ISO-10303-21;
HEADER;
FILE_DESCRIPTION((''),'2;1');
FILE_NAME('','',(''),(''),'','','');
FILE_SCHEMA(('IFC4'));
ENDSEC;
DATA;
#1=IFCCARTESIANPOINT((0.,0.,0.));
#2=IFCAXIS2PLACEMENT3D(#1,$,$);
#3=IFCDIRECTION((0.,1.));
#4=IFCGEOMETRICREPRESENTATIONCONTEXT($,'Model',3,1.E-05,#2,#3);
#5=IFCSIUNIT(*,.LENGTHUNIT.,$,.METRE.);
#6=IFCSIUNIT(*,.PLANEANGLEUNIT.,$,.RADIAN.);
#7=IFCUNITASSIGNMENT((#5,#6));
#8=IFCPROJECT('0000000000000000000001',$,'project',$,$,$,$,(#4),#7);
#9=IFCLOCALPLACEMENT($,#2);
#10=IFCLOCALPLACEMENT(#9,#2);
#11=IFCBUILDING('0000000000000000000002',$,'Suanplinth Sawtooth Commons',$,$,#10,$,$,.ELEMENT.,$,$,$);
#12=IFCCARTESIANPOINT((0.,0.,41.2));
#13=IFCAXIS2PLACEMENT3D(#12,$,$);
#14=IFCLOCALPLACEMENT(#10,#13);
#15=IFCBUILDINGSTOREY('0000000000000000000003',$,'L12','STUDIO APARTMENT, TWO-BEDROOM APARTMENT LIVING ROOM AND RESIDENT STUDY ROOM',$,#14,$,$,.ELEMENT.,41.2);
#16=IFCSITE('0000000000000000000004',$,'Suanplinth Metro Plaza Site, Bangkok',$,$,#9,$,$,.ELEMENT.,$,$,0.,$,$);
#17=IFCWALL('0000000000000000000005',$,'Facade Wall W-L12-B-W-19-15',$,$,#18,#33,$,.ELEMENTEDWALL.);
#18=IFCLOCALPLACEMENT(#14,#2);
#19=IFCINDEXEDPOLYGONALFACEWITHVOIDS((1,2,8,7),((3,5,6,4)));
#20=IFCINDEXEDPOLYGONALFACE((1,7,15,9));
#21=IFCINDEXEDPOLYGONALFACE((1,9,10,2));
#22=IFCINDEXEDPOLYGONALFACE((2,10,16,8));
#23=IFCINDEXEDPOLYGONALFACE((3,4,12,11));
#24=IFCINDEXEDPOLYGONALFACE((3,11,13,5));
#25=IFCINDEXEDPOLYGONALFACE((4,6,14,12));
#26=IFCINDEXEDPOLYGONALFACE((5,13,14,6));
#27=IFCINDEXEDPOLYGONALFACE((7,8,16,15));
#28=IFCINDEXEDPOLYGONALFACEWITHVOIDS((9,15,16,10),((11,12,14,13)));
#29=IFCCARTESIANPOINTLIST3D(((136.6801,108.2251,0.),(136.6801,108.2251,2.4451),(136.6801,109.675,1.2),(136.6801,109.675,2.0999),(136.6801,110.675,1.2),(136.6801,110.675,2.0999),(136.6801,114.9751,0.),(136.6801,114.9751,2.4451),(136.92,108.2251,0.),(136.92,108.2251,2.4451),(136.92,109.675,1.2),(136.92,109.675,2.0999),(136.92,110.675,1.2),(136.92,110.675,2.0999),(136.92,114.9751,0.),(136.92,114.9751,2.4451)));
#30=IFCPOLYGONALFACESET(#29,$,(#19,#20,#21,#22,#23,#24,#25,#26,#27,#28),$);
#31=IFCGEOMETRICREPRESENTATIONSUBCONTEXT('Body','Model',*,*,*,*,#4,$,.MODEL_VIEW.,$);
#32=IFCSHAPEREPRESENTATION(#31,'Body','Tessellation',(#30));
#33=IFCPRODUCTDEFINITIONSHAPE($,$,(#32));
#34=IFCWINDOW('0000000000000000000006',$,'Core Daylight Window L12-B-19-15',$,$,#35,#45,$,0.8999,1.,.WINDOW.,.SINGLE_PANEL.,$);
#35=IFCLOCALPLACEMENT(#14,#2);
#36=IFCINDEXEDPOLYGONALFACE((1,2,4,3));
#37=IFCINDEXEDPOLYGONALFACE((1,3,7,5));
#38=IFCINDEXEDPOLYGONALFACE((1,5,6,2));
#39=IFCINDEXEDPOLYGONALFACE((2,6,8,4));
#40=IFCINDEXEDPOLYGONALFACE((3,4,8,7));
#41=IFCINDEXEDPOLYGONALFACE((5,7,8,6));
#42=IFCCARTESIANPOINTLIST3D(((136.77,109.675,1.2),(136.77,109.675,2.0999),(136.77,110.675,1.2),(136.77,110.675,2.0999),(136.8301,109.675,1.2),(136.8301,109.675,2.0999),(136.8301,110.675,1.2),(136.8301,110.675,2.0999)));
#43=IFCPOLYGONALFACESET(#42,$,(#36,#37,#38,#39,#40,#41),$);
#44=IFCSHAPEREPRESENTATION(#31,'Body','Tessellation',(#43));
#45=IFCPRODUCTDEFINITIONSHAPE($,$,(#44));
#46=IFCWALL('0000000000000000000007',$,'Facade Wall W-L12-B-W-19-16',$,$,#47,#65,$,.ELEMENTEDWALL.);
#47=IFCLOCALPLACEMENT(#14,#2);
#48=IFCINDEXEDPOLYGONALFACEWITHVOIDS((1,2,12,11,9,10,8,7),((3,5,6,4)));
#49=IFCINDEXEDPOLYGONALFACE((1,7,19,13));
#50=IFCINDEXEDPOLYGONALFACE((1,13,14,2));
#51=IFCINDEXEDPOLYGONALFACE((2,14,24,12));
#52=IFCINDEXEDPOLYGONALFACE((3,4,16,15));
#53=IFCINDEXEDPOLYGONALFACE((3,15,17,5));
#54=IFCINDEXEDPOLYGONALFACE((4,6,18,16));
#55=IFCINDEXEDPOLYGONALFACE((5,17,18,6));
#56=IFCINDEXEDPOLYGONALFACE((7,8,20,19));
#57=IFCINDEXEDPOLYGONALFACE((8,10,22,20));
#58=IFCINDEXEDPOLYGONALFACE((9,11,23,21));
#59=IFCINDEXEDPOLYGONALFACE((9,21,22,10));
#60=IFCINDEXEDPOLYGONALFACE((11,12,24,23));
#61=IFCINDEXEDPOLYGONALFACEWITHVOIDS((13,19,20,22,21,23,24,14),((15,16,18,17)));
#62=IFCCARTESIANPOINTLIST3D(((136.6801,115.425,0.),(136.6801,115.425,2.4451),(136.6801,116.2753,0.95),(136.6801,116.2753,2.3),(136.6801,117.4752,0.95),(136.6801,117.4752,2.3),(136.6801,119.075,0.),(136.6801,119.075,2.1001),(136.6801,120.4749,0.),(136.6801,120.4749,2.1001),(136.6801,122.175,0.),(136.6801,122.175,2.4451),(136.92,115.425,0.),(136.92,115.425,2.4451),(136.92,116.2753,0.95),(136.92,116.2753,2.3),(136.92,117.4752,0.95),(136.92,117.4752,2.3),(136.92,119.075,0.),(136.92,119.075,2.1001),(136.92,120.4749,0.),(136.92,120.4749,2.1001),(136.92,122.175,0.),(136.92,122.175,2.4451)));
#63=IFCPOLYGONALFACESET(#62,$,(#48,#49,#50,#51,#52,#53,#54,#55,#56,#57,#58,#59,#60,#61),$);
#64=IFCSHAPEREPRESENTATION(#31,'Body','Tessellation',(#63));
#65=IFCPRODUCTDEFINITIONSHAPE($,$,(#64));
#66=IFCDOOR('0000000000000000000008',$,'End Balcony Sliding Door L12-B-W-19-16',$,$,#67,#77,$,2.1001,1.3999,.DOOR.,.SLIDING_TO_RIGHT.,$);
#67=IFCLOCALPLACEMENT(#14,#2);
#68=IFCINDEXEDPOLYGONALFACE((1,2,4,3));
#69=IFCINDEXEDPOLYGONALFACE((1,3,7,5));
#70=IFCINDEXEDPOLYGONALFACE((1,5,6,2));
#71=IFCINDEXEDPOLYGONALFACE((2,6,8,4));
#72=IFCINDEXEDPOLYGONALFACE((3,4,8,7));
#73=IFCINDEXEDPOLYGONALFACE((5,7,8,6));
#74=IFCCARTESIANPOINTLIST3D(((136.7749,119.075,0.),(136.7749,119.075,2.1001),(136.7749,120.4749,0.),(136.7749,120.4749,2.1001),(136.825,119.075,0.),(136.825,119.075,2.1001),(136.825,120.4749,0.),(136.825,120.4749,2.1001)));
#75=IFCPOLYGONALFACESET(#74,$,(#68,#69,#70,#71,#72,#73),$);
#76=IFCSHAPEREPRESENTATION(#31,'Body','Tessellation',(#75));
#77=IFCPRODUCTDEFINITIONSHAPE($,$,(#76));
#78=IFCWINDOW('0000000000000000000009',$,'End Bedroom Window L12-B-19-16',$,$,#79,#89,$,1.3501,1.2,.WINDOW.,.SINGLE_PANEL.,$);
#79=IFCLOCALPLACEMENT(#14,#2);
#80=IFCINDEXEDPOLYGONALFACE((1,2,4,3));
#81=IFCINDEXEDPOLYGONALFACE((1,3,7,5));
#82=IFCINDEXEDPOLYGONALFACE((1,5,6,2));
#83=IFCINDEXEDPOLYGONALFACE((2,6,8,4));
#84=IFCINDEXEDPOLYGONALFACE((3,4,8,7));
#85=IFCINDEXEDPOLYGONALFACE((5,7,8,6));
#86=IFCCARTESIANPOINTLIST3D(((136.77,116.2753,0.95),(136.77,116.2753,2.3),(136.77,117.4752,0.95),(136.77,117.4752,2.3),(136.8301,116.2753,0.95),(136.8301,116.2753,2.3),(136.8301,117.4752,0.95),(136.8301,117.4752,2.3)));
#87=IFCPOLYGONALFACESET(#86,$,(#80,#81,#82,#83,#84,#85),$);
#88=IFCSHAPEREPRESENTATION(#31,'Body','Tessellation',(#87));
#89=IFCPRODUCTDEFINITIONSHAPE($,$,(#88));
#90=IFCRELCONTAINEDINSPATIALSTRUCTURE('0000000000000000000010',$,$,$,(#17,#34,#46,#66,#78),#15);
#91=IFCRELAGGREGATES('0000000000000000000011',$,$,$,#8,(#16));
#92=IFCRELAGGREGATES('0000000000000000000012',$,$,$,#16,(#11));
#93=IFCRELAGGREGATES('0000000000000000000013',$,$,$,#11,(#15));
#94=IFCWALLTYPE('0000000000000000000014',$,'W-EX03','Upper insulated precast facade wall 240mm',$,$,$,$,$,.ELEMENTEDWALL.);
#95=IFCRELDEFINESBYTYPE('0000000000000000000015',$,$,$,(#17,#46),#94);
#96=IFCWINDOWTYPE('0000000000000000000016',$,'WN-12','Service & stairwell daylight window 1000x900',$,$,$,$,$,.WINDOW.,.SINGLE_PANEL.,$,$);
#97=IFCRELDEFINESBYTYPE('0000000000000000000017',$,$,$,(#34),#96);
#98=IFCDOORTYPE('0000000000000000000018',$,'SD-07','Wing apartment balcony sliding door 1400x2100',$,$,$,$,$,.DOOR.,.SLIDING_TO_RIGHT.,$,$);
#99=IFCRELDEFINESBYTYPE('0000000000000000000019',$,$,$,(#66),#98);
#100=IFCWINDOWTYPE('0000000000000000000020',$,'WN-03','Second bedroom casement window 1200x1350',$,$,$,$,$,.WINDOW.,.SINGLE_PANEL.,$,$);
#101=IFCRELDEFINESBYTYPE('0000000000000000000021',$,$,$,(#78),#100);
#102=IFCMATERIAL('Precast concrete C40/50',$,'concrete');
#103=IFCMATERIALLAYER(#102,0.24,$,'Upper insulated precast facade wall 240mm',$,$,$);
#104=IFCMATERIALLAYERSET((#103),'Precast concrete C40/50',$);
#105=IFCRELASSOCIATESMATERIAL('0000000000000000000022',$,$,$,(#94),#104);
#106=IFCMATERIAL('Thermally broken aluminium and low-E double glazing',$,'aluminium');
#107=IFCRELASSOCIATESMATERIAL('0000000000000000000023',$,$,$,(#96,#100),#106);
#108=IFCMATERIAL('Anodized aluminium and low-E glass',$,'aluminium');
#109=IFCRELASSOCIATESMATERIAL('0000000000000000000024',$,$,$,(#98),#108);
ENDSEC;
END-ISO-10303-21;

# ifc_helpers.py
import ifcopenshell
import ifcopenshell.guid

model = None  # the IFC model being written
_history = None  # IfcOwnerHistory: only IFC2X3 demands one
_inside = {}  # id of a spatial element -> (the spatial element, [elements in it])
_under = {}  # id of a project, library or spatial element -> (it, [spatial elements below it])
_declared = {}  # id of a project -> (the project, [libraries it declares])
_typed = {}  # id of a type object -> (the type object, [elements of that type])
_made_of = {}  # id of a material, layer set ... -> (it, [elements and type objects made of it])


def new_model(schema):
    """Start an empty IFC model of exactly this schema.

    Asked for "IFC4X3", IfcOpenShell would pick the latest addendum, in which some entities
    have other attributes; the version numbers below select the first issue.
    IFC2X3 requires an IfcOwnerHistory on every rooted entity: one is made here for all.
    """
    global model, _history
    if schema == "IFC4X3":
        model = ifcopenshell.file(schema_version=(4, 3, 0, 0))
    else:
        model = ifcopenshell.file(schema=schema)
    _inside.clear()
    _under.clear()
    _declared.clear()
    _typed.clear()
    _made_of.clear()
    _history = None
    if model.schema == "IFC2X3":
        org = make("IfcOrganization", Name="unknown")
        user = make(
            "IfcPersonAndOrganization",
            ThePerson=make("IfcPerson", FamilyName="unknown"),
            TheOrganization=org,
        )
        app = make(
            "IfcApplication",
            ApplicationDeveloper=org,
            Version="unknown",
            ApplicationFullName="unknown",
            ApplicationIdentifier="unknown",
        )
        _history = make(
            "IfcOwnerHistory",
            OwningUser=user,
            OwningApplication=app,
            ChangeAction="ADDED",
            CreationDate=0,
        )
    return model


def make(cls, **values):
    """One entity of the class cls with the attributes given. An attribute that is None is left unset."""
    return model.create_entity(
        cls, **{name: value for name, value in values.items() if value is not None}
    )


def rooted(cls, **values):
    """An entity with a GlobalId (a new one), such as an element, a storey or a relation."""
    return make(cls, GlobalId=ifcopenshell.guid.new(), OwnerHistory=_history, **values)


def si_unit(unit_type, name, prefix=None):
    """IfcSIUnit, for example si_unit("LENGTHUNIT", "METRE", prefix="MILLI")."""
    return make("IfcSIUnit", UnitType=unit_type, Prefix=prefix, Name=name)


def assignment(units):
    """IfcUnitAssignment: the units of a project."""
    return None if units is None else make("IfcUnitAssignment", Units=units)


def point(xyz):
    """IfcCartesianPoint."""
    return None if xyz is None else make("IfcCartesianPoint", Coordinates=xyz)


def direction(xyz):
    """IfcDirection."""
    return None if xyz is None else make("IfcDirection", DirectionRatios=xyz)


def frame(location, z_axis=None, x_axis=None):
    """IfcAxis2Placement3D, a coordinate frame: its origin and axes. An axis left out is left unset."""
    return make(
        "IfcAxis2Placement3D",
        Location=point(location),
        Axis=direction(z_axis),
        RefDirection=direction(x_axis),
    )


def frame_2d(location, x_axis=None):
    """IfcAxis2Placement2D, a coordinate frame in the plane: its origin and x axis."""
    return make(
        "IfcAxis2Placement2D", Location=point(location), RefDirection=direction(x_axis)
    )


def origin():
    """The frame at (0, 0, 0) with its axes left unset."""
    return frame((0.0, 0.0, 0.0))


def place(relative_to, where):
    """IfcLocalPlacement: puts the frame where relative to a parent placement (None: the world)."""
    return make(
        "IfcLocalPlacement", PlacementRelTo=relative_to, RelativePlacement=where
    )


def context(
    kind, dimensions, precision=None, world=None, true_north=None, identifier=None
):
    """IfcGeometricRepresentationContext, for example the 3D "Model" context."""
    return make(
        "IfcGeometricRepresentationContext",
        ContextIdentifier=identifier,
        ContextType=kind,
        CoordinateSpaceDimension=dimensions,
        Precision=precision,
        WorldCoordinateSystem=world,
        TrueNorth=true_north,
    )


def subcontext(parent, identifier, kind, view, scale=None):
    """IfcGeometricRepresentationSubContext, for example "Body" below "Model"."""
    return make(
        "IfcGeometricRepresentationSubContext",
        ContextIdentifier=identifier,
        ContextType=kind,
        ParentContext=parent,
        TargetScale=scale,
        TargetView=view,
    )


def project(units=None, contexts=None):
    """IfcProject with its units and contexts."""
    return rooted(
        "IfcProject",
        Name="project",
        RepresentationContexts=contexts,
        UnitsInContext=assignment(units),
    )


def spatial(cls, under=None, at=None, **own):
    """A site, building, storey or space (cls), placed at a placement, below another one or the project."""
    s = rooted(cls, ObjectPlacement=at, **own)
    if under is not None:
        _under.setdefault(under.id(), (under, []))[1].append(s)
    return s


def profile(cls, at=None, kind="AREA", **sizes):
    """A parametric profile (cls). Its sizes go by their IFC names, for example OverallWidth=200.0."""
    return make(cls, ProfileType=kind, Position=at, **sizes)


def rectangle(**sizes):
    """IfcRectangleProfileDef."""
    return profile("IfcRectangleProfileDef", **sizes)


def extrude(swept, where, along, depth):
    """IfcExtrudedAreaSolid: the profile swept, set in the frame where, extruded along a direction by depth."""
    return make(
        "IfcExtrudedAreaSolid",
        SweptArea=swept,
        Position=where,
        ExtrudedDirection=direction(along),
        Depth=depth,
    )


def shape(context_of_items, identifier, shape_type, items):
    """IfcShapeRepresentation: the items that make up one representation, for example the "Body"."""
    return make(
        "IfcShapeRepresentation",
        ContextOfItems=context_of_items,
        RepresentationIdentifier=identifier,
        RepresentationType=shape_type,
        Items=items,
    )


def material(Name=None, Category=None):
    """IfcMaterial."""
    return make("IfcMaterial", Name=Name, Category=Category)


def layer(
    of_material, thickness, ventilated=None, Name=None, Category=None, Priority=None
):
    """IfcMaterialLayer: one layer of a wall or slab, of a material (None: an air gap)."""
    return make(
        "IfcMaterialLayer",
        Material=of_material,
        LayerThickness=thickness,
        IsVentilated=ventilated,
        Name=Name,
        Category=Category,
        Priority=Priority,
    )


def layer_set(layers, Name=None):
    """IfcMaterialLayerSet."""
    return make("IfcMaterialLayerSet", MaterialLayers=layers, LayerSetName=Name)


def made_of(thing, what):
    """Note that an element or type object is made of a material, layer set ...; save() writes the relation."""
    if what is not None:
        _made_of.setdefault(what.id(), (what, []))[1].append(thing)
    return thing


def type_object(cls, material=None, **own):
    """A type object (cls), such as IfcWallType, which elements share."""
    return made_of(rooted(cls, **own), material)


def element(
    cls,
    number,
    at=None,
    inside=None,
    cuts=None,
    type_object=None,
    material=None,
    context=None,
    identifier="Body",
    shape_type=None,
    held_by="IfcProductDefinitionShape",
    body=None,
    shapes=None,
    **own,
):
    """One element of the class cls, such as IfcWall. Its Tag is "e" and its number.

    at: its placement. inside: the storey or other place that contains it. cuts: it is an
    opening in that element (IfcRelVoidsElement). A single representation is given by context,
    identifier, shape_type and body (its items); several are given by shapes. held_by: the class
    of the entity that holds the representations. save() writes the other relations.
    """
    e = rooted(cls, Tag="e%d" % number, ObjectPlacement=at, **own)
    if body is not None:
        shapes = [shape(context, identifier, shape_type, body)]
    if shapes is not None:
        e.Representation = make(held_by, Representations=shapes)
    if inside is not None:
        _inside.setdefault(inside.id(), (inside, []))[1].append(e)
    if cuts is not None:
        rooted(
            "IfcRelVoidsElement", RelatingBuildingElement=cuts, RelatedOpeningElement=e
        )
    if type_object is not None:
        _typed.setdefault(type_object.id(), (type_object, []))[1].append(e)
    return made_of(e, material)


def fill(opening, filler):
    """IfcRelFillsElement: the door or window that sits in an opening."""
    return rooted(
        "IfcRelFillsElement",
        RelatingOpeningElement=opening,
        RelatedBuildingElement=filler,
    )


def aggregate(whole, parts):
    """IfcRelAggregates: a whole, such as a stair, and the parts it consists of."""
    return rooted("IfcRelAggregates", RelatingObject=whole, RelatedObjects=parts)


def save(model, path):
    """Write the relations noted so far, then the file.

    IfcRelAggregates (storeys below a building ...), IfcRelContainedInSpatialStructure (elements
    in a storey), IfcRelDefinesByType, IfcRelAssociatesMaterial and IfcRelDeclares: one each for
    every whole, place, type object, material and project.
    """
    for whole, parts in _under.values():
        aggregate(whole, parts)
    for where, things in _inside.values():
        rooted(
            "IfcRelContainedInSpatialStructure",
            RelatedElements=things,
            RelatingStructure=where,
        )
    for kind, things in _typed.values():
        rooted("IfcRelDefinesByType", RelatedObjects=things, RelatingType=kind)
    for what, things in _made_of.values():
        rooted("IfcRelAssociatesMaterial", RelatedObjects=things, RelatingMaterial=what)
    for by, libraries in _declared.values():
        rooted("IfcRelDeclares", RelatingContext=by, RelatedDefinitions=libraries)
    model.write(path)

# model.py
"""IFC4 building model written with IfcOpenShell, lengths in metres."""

from ifc_helpers import new_model, si_unit, direction, frame, frame_2d, origin, place, context, subcontext, project, spatial, rectangle, extrude, material, layer, layer_set, type_object, element, fill, save


model = new_model("IFC4")

# Units and contexts
model_context = context("Model", 3, precision=1e-05, world=origin(), true_north=direction((0.0, 1.0)))
body_context = subcontext(model_context, "Body", "Model", "MODEL_VIEW")
ifc_project = project(units=[si_unit("LENGTHUNIT", "METRE"), si_unit("PLANEANGLEUNIT", "RADIAN")], contexts=[model_context])

# Site, building, storey
site_placement = place(None, origin())
site = spatial("IfcSite", under=ifc_project, at=site_placement, Name="Suanplinth Metro Plaza Site, Bangkok", CompositionType="ELEMENT", RefElevation=0.0)
building_placement = place(site_placement, origin())
building = spatial("IfcBuilding", under=site, at=building_placement, Name="Suanplinth Sawtooth Commons", CompositionType="ELEMENT")
storey_placement = place(building_placement, frame((0.0, 0.0, 41.2)))
storey = spatial("IfcBuildingStorey", under=building, at=storey_placement, Name="L12", Description="STUDIO APARTMENT, TWO-BEDROOM APARTMENT LIVING ROOM AND RESIDENT STUDY ROOM", CompositionType="ELEMENT", Elevation=41.2)

# Shared definitions
ifc_material_1 = material(Name="Precast concrete C40/50", Category="concrete")

# Wall, opening, window
ifc_layer_1 = layer(ifc_material_1, 0.24, Name="Upper insulated precast facade wall 240mm")
ifc_layer_set_1 = layer_set([ifc_layer_1], Name="Precast concrete C40/50")
wall_type = type_object("IfcWallType", Name="W-EX03", Description="Upper insulated precast facade wall 240mm", PredefinedType="ELEMENTEDWALL", material=ifc_layer_set_1)
wall_1_placement = place(storey_placement, frame((136.8, 108.2251, 0.0), z_axis=(0.0, 0.0, 1.0), x_axis=(0.0, 1.0, 0.0)))
wall_1 = element("IfcWall", 1, at=wall_1_placement, inside=storey, type_object=wall_type, Name="Facade Wall W-L12-B-W-19-15", PredefinedType="ELEMENTEDWALL", context=body_context, shape_type="SweptSolid", body=[
    extrude(rectangle(XDim=6.75, YDim=0.24, at=frame_2d((3.375, 0.0))), origin(), (0.0, 0.0, 1.0), 2.4451),
])
opening_1_placement = place(wall_1_placement, frame((1.45, 0.0, 1.2)))
opening_1 = element("IfcOpeningElement", 2, at=opening_1_placement, cuts=wall_1, PredefinedType="OPENING", context=body_context, shape_type="SweptSolid", body=[
    extrude(rectangle(XDim=1.0, YDim=0.8999, at=frame_2d((0.5, 0.45))), frame((0.0, 0.1348, 0.0), z_axis=(0.0, -1.0, 0.0), x_axis=(1.0, 0.0, 0.0)), (0.0, 0.0, 1.0), 0.2698),
])
ifc_material_2 = material(Name="Thermally broken aluminium and low-E double glazing", Category="aluminium")
window_type_1 = type_object("IfcWindowType", Name="WN-12", Description="Service & stairwell daylight window 1000x900", PartitioningType="SINGLE_PANEL", PredefinedType="WINDOW", material=ifc_material_2)
window_1_placement = place(opening_1_placement, origin())
window_1 = element("IfcWindow", 3, at=window_1_placement, inside=storey, type_object=window_type_1, Name="Core Daylight Window L12-B-19-15", OverallHeight=0.8999, OverallWidth=1.0, PartitioningType="SINGLE_PANEL", PredefinedType="WINDOW", context=body_context, shape_type="SweptSolid", body=[
    extrude(rectangle(XDim=1.0, YDim=0.8999, at=frame_2d((0.5, 0.45))), frame((0.0, 0.03, 0.0), z_axis=(0.0, -1.0, 0.0), x_axis=(1.0, 0.0, 0.0)), (0.0, 0.0, 1.0), 0.0601),
])
fill(opening_1, window_1)

# Wall, openings, door, window
wall_2_placement = place(storey_placement, frame((136.8, 115.425, 0.0), z_axis=(0.0, 0.0, 1.0), x_axis=(0.0, 1.0, 0.0)))
wall_2 = element("IfcWall", 4, at=wall_2_placement, inside=storey, type_object=wall_type, Name="Facade Wall W-L12-B-W-19-16", PredefinedType="ELEMENTEDWALL", context=body_context, shape_type="SweptSolid", body=[
    extrude(rectangle(XDim=6.75, YDim=0.24, at=frame_2d((3.375, 0.0))), origin(), (0.0, 0.0, 1.0), 2.4451),
])
opening_2_placement = place(wall_2_placement, frame((3.6499, 0.0, 0.0)))
opening_2 = element("IfcOpeningElement", 5, at=opening_2_placement, cuts=wall_2, PredefinedType="OPENING", context=body_context, shape_type="SweptSolid", body=[
    extrude(rectangle(XDim=1.3999, YDim=2.1001, at=frame_2d((0.7, 1.05))), frame((0.0, 0.1348, 0.0), z_axis=(0.0, -1.0, 0.0), x_axis=(1.0, 0.0, 0.0)), (0.0, 0.0, 1.0), 0.2698),
])
opening_3_placement = place(wall_2_placement, frame((0.8501, 0.0, 0.95)))
opening_3 = element("IfcOpeningElement", 6, at=opening_3_placement, cuts=wall_2, PredefinedType="OPENING", context=body_context, shape_type="SweptSolid", body=[
    extrude(rectangle(XDim=1.2, YDim=1.3501, at=frame_2d((0.6001, 0.675))), frame((0.0, 0.1348, 0.0), z_axis=(0.0, -1.0, 0.0), x_axis=(1.0, 0.0, 0.0)), (0.0, 0.0, 1.0), 0.2698),
])
ifc_material_3 = material(Name="Anodized aluminium and low-E glass", Category="aluminium")
door_type = type_object("IfcDoorType", Name="SD-07", Description="Wing apartment balcony sliding door 1400x2100", OperationType="SLIDING_TO_RIGHT", PredefinedType="DOOR", material=ifc_material_3)
door_placement = place(opening_2_placement, frame((1.3999, 0.0, 0.0), z_axis=(0.0, 0.0, 1.0), x_axis=(-1.0, 0.0, 0.0)))
door = element("IfcDoor", 7, at=door_placement, inside=storey, type_object=door_type, Name="End Balcony Sliding Door L12-B-W-19-16", OperationType="SLIDING_TO_RIGHT", OverallHeight=2.1001, OverallWidth=1.3999, PredefinedType="DOOR", context=body_context, shape_type="SweptSolid", body=[
    extrude(rectangle(XDim=1.3999, YDim=2.1001, at=frame_2d((0.7, 1.05))), frame((0.0, 0.0249, 0.0), z_axis=(0.0, -1.0, 0.0), x_axis=(1.0, 0.0, 0.0)), (0.0, 0.0, 1.0), 0.05),
])
fill(opening_2, door)
window_type_2 = type_object("IfcWindowType", Name="WN-03", Description="Second bedroom casement window 1200x1350", PartitioningType="SINGLE_PANEL", PredefinedType="WINDOW", material=ifc_material_2)
window_2_placement = place(opening_3_placement, origin())
window_2 = element("IfcWindow", 8, at=window_2_placement, inside=storey, type_object=window_type_2, Name="End Bedroom Window L12-B-19-16", OverallHeight=1.3501, OverallWidth=1.2, PartitioningType="SINGLE_PANEL", PredefinedType="WINDOW", context=body_context, shape_type="SweptSolid", body=[
    extrude(rectangle(XDim=1.2, YDim=1.3501, at=frame_2d((0.6001, 0.675))), frame((0.0, 0.03, 0.0), z_axis=(0.0, -1.0, 0.0), x_axis=(1.0, 0.0, 0.0)), (0.0, 0.0, 1.0), 0.0601),
])
fill(opening_3, window_2)

save(model, "model.ifc")
